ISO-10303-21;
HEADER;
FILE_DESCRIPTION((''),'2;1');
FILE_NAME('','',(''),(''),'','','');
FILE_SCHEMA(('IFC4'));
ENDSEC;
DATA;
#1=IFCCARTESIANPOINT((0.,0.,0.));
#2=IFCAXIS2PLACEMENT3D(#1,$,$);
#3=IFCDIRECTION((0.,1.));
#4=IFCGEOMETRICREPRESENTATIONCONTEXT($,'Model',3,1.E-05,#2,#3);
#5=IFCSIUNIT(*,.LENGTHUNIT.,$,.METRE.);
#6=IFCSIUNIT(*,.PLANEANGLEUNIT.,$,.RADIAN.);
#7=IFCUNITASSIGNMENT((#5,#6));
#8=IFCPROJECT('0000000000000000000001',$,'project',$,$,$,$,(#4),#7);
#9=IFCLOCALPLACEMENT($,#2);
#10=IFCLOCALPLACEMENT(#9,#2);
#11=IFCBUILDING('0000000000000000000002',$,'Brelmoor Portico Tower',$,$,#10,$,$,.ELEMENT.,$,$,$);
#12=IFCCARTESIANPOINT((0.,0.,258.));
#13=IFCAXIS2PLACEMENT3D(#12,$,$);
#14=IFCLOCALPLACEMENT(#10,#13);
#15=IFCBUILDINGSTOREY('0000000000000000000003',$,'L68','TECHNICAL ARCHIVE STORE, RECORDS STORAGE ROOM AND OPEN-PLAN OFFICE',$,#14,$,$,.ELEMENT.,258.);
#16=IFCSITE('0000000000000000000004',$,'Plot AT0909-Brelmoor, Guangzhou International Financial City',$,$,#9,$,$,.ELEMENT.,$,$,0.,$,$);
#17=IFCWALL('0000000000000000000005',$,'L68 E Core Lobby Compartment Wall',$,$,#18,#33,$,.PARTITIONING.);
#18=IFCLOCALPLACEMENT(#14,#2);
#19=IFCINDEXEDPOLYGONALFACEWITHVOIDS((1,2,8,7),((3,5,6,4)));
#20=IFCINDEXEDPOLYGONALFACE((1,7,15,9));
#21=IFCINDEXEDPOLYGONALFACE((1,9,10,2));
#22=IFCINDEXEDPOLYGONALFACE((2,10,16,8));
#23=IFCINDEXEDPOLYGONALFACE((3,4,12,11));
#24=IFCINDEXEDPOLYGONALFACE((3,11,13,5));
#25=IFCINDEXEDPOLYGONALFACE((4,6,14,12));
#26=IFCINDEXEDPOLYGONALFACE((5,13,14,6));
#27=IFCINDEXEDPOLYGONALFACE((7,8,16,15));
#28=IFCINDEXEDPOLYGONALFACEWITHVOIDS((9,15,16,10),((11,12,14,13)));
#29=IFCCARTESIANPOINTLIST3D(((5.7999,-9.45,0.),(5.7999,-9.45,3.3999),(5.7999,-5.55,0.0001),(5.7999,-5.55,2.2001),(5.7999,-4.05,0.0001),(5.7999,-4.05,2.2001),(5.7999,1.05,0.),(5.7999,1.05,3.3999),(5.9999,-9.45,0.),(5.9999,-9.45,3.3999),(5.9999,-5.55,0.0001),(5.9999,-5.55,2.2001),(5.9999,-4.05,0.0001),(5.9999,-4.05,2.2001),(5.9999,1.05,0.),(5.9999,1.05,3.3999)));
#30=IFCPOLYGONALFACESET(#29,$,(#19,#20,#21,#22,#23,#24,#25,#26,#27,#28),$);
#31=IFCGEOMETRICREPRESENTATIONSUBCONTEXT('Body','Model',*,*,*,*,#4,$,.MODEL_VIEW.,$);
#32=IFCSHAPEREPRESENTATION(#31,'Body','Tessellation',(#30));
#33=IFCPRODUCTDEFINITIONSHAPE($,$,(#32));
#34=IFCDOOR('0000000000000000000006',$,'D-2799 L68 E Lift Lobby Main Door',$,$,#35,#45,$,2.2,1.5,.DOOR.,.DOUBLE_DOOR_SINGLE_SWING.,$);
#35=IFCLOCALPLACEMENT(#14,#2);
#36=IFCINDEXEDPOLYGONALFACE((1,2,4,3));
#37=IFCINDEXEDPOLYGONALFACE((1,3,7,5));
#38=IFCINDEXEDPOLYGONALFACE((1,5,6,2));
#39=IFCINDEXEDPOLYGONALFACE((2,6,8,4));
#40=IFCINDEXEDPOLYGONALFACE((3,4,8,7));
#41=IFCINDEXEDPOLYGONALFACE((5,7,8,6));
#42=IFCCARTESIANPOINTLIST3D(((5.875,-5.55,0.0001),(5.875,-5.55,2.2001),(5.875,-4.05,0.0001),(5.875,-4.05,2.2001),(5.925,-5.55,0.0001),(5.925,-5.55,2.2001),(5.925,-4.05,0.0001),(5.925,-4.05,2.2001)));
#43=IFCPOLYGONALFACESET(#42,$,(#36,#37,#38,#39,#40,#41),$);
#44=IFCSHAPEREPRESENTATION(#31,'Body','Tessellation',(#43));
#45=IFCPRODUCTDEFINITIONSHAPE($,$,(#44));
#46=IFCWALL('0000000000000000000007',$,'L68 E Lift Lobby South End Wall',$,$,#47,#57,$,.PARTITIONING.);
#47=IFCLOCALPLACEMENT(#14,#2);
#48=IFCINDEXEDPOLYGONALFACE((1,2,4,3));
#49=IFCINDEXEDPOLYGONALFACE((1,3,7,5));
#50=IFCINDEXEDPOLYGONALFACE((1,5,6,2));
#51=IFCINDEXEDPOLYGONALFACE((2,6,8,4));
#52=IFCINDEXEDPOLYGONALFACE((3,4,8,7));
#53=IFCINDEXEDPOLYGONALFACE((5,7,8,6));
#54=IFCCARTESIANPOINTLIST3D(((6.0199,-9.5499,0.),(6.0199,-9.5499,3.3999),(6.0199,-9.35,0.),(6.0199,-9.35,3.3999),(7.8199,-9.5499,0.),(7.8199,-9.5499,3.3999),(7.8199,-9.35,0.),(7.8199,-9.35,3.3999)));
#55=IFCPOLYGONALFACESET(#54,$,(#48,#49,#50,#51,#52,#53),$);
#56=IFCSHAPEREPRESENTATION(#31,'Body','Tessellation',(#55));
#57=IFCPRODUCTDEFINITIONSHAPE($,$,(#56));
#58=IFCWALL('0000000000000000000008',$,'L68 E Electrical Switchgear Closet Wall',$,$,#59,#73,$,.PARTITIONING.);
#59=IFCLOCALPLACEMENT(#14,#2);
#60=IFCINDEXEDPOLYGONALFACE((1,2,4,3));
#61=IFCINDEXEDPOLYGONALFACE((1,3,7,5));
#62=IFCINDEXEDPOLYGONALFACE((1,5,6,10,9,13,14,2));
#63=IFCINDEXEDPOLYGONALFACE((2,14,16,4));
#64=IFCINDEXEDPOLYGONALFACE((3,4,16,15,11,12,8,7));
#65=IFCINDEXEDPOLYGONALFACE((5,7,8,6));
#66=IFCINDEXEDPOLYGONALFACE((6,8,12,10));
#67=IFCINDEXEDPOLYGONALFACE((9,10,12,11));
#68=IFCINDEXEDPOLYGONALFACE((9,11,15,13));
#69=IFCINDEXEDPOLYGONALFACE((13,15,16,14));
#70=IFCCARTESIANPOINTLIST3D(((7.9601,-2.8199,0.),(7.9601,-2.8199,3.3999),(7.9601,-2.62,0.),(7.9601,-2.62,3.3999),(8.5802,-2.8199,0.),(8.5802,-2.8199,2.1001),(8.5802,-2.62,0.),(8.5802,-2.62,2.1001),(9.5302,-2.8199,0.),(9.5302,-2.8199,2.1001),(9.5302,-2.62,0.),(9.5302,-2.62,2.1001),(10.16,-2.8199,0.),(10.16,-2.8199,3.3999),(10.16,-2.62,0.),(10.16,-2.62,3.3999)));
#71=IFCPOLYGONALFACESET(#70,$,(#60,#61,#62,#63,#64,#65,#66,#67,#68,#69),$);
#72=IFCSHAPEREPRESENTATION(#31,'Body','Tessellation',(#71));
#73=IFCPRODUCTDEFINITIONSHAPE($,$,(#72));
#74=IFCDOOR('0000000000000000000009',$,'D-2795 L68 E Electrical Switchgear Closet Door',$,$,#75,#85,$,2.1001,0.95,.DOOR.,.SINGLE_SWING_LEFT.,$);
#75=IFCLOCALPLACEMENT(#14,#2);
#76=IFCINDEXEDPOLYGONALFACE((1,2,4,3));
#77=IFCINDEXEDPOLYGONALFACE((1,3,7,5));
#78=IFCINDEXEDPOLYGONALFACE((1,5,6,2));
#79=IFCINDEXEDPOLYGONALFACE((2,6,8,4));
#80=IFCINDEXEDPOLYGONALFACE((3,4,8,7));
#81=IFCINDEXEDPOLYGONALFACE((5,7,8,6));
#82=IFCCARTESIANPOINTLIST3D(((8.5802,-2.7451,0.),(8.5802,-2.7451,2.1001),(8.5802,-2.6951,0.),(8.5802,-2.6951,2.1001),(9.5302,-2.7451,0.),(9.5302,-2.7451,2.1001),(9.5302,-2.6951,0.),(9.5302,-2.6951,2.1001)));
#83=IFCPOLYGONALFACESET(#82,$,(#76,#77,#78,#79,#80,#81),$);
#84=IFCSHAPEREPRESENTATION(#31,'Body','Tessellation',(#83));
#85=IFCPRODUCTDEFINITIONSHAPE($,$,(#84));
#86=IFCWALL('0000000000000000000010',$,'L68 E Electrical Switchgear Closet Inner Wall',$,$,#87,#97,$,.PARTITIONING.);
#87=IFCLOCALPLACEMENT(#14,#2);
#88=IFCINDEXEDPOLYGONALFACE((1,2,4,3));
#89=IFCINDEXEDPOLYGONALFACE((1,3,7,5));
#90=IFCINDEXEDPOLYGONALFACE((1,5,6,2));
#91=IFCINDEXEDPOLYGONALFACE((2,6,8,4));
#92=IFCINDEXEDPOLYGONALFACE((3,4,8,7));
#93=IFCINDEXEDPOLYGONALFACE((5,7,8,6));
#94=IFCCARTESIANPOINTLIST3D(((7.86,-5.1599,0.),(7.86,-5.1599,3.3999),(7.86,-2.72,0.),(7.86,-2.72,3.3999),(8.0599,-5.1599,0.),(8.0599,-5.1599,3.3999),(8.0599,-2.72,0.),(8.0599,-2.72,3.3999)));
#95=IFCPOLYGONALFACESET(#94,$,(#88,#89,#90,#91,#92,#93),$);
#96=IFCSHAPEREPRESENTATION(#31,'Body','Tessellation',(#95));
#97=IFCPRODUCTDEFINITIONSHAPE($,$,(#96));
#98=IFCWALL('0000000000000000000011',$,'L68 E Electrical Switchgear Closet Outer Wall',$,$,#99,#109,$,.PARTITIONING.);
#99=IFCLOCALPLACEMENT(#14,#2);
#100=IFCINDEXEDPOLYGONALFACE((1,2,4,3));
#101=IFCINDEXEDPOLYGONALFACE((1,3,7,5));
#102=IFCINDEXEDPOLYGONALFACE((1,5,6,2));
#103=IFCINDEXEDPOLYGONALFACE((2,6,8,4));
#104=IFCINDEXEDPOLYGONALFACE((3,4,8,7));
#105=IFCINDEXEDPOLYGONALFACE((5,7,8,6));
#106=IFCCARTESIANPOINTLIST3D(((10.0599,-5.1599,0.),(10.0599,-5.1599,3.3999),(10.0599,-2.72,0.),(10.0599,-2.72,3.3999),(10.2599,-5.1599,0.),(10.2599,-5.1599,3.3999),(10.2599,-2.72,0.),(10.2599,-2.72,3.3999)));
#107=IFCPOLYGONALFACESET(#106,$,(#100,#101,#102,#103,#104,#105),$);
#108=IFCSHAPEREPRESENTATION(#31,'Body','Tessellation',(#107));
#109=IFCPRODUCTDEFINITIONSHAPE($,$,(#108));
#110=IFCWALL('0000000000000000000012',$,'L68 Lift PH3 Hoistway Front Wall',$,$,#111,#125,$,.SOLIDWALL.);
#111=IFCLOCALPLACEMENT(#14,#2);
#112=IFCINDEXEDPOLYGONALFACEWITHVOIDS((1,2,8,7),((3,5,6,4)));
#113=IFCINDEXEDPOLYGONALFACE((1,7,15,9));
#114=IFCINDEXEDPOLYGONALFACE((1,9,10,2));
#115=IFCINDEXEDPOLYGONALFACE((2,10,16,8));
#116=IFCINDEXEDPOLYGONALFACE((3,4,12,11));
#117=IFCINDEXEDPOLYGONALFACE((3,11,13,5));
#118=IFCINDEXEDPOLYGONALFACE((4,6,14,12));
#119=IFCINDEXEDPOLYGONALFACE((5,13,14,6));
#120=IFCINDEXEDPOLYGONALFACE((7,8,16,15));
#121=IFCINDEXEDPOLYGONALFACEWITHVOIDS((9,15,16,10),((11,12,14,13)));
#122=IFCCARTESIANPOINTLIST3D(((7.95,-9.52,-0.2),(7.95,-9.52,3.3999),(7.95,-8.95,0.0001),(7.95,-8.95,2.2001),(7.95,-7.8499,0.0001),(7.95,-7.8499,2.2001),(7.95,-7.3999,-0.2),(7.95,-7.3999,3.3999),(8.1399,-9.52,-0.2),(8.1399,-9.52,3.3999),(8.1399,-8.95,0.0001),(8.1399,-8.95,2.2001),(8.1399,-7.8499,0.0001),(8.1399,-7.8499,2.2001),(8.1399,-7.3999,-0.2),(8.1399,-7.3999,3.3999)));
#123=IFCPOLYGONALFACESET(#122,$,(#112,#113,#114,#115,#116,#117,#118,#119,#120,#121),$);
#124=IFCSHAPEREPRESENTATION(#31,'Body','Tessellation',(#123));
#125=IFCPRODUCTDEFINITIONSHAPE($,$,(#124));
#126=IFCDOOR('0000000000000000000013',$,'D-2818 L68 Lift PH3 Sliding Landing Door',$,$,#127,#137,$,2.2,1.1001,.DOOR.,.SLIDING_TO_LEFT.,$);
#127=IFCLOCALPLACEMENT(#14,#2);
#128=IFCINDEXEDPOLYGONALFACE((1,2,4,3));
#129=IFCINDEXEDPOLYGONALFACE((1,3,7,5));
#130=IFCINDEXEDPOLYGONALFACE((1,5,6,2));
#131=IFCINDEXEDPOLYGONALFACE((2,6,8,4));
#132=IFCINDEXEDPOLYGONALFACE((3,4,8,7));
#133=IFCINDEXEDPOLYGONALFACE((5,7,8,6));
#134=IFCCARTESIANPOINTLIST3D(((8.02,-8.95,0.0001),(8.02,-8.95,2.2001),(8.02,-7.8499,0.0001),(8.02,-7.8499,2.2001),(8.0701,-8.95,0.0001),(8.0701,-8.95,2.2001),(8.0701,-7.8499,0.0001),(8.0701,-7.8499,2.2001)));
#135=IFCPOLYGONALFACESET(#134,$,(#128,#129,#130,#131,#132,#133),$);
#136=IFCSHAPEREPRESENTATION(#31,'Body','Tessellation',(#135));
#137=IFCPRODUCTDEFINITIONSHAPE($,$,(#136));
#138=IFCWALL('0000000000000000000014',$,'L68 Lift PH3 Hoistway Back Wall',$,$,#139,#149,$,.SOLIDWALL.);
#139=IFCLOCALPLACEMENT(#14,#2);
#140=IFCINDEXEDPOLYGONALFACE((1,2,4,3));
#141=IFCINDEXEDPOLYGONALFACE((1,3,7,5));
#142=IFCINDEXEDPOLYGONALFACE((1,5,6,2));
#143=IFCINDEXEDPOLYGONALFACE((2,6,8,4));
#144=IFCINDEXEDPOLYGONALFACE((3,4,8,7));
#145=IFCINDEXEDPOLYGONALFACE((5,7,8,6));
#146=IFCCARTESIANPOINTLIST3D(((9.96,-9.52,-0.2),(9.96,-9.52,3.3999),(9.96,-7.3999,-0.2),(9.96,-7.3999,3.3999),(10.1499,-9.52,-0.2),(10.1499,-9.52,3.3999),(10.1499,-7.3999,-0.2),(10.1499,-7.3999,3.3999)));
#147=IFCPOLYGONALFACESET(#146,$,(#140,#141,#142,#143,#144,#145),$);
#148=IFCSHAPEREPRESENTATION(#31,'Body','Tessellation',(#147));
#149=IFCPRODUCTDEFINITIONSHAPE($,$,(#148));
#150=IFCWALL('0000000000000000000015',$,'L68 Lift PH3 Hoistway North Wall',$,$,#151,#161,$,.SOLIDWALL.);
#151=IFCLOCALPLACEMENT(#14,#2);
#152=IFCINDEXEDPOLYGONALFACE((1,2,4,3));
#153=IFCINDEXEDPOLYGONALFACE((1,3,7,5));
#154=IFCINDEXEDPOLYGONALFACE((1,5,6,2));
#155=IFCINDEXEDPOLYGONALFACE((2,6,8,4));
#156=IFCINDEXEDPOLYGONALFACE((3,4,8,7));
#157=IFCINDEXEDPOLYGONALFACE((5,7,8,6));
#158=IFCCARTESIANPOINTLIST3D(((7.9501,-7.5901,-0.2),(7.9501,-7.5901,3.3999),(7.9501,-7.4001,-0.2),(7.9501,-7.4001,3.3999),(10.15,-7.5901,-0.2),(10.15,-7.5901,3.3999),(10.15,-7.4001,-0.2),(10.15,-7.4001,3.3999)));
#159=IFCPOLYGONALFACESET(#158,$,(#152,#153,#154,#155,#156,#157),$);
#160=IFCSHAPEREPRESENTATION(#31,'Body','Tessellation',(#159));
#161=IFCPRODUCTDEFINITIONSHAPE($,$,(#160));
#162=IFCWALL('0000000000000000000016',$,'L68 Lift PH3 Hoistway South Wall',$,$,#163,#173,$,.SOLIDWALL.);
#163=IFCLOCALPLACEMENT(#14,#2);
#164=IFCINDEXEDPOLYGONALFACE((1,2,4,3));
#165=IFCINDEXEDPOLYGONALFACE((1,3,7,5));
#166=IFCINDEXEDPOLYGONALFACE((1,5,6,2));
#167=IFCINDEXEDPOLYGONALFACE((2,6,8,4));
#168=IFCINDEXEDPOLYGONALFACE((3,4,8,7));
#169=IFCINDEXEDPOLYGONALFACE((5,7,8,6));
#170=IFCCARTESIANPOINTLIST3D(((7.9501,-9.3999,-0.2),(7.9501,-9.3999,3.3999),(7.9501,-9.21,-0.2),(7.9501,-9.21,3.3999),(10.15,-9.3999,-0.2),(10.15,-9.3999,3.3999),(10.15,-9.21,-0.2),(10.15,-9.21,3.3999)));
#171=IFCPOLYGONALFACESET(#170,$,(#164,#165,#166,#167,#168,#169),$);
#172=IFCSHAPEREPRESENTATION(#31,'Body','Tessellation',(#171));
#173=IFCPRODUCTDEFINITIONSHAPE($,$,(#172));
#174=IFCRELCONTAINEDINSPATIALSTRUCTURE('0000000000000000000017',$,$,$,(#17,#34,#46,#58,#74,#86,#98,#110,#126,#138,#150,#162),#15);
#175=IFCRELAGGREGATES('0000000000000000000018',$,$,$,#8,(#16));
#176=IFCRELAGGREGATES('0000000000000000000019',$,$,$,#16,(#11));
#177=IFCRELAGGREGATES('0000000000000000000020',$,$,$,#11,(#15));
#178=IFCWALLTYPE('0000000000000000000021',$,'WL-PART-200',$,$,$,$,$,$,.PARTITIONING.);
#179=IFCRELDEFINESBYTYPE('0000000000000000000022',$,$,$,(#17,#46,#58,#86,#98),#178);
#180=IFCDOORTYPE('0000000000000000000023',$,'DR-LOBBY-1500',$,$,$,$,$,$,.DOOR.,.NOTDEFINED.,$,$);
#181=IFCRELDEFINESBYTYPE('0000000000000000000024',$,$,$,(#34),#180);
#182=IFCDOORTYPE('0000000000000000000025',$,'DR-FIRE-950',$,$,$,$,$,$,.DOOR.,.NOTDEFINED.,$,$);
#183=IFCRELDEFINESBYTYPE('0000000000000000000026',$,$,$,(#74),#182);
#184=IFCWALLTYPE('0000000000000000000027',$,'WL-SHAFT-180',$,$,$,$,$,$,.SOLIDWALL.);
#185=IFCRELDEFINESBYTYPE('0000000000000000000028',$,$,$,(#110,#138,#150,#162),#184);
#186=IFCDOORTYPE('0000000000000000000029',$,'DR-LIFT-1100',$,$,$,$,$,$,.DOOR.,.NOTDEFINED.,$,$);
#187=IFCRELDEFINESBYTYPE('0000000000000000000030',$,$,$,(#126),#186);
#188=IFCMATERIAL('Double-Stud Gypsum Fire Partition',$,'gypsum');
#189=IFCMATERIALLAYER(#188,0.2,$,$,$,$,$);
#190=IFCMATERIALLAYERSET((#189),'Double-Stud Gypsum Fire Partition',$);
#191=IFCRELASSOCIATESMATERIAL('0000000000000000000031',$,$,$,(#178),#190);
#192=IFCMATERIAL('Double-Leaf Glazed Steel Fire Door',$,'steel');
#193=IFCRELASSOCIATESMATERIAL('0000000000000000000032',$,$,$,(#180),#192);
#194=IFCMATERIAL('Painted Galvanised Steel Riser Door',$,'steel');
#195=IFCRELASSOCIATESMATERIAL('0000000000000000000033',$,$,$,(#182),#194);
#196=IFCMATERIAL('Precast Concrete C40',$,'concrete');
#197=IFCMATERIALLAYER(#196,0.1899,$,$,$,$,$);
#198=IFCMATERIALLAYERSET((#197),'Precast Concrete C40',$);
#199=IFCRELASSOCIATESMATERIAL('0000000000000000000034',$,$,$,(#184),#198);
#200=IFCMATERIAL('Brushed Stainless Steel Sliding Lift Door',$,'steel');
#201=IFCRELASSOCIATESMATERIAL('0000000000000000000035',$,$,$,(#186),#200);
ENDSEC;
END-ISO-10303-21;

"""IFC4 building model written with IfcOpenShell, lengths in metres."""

from ifc_helpers import new_model, si_unit, direction, frame, frame_2d, origin, place, context, subcontext, project, spatial, rectangle, extrude, material, layer, layer_set, type_object, element, fill, save


model = new_model("IFC4")

# Units and contexts
model_context = context("Model", 3, precision=1e-05, world=origin(), true_north=direction((0.0, 1.0)))
body_context = subcontext(model_context, "Body", "Model", "MODEL_VIEW")
ifc_project = project(units=[si_unit("LENGTHUNIT", "METRE"), si_unit("PLANEANGLEUNIT", "RADIAN")], contexts=[model_context])

# Site, building, storey
site_placement = place(None, origin())
site = spatial("IfcSite", under=ifc_project, at=site_placement, Name="Plot AT0909-Brelmoor, Guangzhou International Financial City", CompositionType="ELEMENT", RefElevation=0.0)
building_placement = place(site_placement, origin())
building = spatial("IfcBuilding", under=site, at=building_placement, Name="Brelmoor Portico Tower", CompositionType="ELEMENT")
storey_placement = place(building_placement, frame((0.0, 0.0, 258.0)))
storey = spatial("IfcBuildingStorey", under=building, at=storey_placement, Name="L68", Description="TECHNICAL ARCHIVE STORE, RECORDS STORAGE ROOM AND OPEN-PLAN OFFICE", CompositionType="ELEMENT", Elevation=258.0)

# Wall, opening, door
ifc_material_1 = material(Name="Double-Stud Gypsum Fire Partition", Category="gypsum")
ifc_layer_1 = layer(ifc_material_1, 0.2)
ifc_layer_set_1 = layer_set([ifc_layer_1], Name="Double-Stud Gypsum Fire Partition")
wall_type_1 = type_object("IfcWallType", Name="WL-PART-200", PredefinedType="PARTITIONING", material=ifc_layer_set_1)
wall_1_placement = place(storey_placement, frame((5.8999, -9.45, 0.0), z_axis=(0.0, 0.0, 1.0), x_axis=(0.0, 1.0, 0.0)))
wall_1 = element("IfcWall", 1, at=wall_1_placement, inside=storey, type_object=wall_type_1, Name="L68 E Core Lobby Compartment Wall", PredefinedType="PARTITIONING", context=body_context, shape_type="SweptSolid", body=[
    extrude(rectangle(XDim=10.5, YDim=0.2, at=frame_2d((5.25, 0.0))), origin(), (0.0, 0.0, 1.0), 3.3999),
])
opening_1_placement = place(wall_1_placement, frame((3.8999, 0.0, 0.0)))
opening_1 = element("IfcOpeningElement", 2, at=opening_1_placement, cuts=wall_1, PredefinedType="OPENING", context=body_context, shape_type="SweptSolid", body=[
    extrude(rectangle(XDim=1.5, YDim=2.2, at=frame_2d((0.75, 1.1001))), frame((0.0, 0.1099, 0.0), z_axis=(0.0, -1.0, 0.0), x_axis=(1.0, 0.0, 0.0)), (0.0, 0.0, 1.0), 0.22),
])
ifc_material_2 = material(Name="Double-Leaf Glazed Steel Fire Door", Category="steel")
door_type_1 = type_object("IfcDoorType", Name="DR-LOBBY-1500", OperationType="NOTDEFINED", PredefinedType="DOOR", material=ifc_material_2)
door_1_placement = place(opening_1_placement, origin())
door_1 = element("IfcDoor", 3, at=door_1_placement, inside=storey, type_object=door_type_1, Name="D-2799 L68 E Lift Lobby Main Door", OperationType="DOUBLE_DOOR_SINGLE_SWING", OverallHeight=2.2, OverallWidth=1.5, PredefinedType="DOOR", context=body_context, shape_type="SweptSolid", body=[
    extrude(rectangle(XDim=1.5, YDim=2.2, at=frame_2d((0.75, 1.1001))), frame((0.0, 0.0249, 0.0), z_axis=(0.0, -1.0, 0.0), x_axis=(1.0, 0.0, 0.0)), (0.0, 0.0, 1.0), 0.05),
])
fill(opening_1, door_1)

# Wall
wall_2_placement = place(storey_placement, frame((6.02, -9.45, 0.0), z_axis=(0.0, 0.0, 1.0), x_axis=(1.0, 0.0, 0.0)))
element("IfcWall", 4, at=wall_2_placement, inside=storey, type_object=wall_type_1, Name="L68 E Lift Lobby South End Wall", PredefinedType="PARTITIONING", context=body_context, shape_type="SweptSolid", body=[
    extrude(rectangle(XDim=1.8, YDim=0.2, at=frame_2d((0.8999, 0.0))), origin(), (0.0, 0.0, 1.0), 3.3999),
])

# Wall, opening, door
wall_3_placement = place(storey_placement, frame((7.96, -2.72, 0.0), z_axis=(0.0, 0.0, 1.0), x_axis=(1.0, 0.0, 0.0)))
wall_3 = element("IfcWall", 5, at=wall_3_placement, inside=storey, type_object=wall_type_1, Name="L68 E Electrical Switchgear Closet Wall", PredefinedType="PARTITIONING", context=body_context, shape_type="SweptSolid", body=[
    extrude(rectangle(XDim=2.2, YDim=0.2, at=frame_2d((1.1001, 0.0))), origin(), (0.0, 0.0, 1.0), 3.3999),
])
opening_2_placement = place(wall_3_placement, frame((0.6201, 0.0, 0.0)))
opening_2 = element("IfcOpeningElement", 6, at=opening_2_placement, cuts=wall_3, PredefinedType="OPENING", context=body_context, shape_type="SweptSolid", body=[
    extrude(rectangle(XDim=0.95, YDim=2.1001, at=frame_2d((0.4751, 1.05))), frame((0.0, 0.1099, 0.0), z_axis=(0.0, -1.0, 0.0), x_axis=(1.0, 0.0, 0.0)), (0.0, 0.0, 1.0), 0.22),
])
ifc_material_3 = material(Name="Painted Galvanised Steel Riser Door", Category="steel")
door_type_2 = type_object("IfcDoorType", Name="DR-FIRE-950", OperationType="NOTDEFINED", PredefinedType="DOOR", material=ifc_material_3)
door_2_placement = place(opening_2_placement, origin())
door_2 = element("IfcDoor", 7, at=door_2_placement, inside=storey, type_object=door_type_2, Name="D-2795 L68 E Electrical Switchgear Closet Door", OperationType="SINGLE_SWING_LEFT", OverallHeight=2.1001, OverallWidth=0.95, PredefinedType="DOOR", context=body_context, shape_type="SweptSolid", body=[
    extrude(rectangle(XDim=0.95, YDim=2.1001, at=frame_2d((0.4751, 1.05))), frame((0.0, 0.0249, 0.0), z_axis=(0.0, -1.0, 0.0), x_axis=(1.0, 0.0, 0.0)), (0.0, 0.0, 1.0), 0.05),
])
fill(opening_2, door_2)

# Walls
for number, where, z_axis, x_axis, name in (
    (8, (7.96, -5.1599, 0.0), (0.0, 0.0, 1.0), (0.0, 1.0, 0.0), "L68 E Electrical Switchgear Closet Inner Wall"),
    (9, (10.1599, -5.1599, 0.0), (0.0, 0.0, 1.0), (0.0, 1.0, 0.0), "L68 E Electrical Switchgear Closet Outer Wall"),
):
    element("IfcWall", number, at=place(storey_placement, frame(where, z_axis=z_axis, x_axis=x_axis)), inside=storey, type_object=wall_type_1, Name=name, PredefinedType="PARTITIONING", context=body_context, shape_type="SweptSolid", body=[
        extrude(rectangle(XDim=2.4399, YDim=0.2, at=frame_2d((1.22, 0.0))), origin(), (0.0, 0.0, 1.0), 3.3999),
    ])

# Wall, opening, door
ifc_material_4 = material(Name="Precast Concrete C40", Category="concrete")
ifc_layer_2 = layer(ifc_material_4, 0.1899)
ifc_layer_set_2 = layer_set([ifc_layer_2], Name="Precast Concrete C40")
wall_type_2 = type_object("IfcWallType", Name="WL-SHAFT-180", PredefinedType="SOLIDWALL", material=ifc_layer_set_2)
wall_4_placement = place(storey_placement, frame((8.0449, -9.52, -0.2), z_axis=(0.0, 0.0, 1.0), x_axis=(0.0, 1.0, 0.0)))
wall_4 = element("IfcWall", 10, at=wall_4_placement, inside=storey, type_object=wall_type_2, Name="L68 Lift PH3 Hoistway Front Wall", PredefinedType="SOLIDWALL", context=body_context, shape_type="SweptSolid", body=[
    extrude(rectangle(XDim=2.1201, YDim=0.1899, at=frame_2d((1.0601, 0.0))), origin(), (0.0, 0.0, 1.0), 3.5999),
])
opening_3_placement = place(wall_4_placement, frame((0.5701, 0.0, 0.2)))
opening_3 = element("IfcOpeningElement", 11, at=opening_3_placement, cuts=wall_4, PredefinedType="OPENING", context=body_context, shape_type="SweptSolid", body=[
    extrude(rectangle(XDim=1.1001, YDim=2.2, at=frame_2d((0.55, 1.1001))), frame((0.0, 0.105, 0.0), z_axis=(0.0, -1.0, 0.0), x_axis=(1.0, 0.0, 0.0)), (0.0, 0.0, 1.0), 0.21),
])
ifc_material_5 = material(Name="Brushed Stainless Steel Sliding Lift Door", Category="steel")
door_type_3 = type_object("IfcDoorType", Name="DR-LIFT-1100", OperationType="NOTDEFINED", PredefinedType="DOOR", material=ifc_material_5)
door_3_placement = place(opening_3_placement, origin())
door_3 = element("IfcDoor", 12, at=door_3_placement, inside=storey, type_object=door_type_3, Name="D-2818 L68 Lift PH3 Sliding Landing Door", OperationType="SLIDING_TO_LEFT", OverallHeight=2.2, OverallWidth=1.1001, PredefinedType="DOOR", context=body_context, shape_type="SweptSolid", body=[
    extrude(rectangle(XDim=1.1001, YDim=2.2, at=frame_2d((0.55, 1.1001))), frame((0.0, 0.0249, 0.0), z_axis=(0.0, -1.0, 0.0), x_axis=(1.0, 0.0, 0.0)), (0.0, 0.0, 1.0), 0.05),
])
fill(opening_3, door_3)

# Walls
wall_5_placement = place(storey_placement, frame((10.0549, -9.52, -0.2), z_axis=(0.0, 0.0, 1.0), x_axis=(0.0, 1.0, 0.0)))
element("IfcWall", 13, at=wall_5_placement, inside=storey, type_object=wall_type_2, Name="L68 Lift PH3 Hoistway Back Wall", PredefinedType="SOLIDWALL", context=body_context, shape_type="SweptSolid", body=[
    extrude(rectangle(XDim=2.1201, YDim=0.1899, at=frame_2d((1.0601, 0.0))), origin(), (0.0, 0.0, 1.0), 3.5999),
])
for number, where, z_axis, x_axis, name in (
    (14, (7.95, -7.4951, -0.2), (0.0, 0.0, 1.0), (1.0, 0.0, 0.0), "L68 Lift PH3 Hoistway North Wall"),
    (15, (7.95, -9.3049, -0.2), (0.0, 0.0, 1.0), (1.0, 0.0, 0.0), "L68 Lift PH3 Hoistway South Wall"),
):
    element("IfcWall", number, at=place(storey_placement, frame(where, z_axis=z_axis, x_axis=x_axis)), inside=storey, type_object=wall_type_2, Name=name, PredefinedType="SOLIDWALL", context=body_context, shape_type="SweptSolid", body=[
        extrude(rectangle(XDim=2.2, YDim=0.1899, at=frame_2d((1.1001, 0.0))), origin(), (0.0, 0.0, 1.0), 3.5999),
    ])

save(model, "model.ifc")
